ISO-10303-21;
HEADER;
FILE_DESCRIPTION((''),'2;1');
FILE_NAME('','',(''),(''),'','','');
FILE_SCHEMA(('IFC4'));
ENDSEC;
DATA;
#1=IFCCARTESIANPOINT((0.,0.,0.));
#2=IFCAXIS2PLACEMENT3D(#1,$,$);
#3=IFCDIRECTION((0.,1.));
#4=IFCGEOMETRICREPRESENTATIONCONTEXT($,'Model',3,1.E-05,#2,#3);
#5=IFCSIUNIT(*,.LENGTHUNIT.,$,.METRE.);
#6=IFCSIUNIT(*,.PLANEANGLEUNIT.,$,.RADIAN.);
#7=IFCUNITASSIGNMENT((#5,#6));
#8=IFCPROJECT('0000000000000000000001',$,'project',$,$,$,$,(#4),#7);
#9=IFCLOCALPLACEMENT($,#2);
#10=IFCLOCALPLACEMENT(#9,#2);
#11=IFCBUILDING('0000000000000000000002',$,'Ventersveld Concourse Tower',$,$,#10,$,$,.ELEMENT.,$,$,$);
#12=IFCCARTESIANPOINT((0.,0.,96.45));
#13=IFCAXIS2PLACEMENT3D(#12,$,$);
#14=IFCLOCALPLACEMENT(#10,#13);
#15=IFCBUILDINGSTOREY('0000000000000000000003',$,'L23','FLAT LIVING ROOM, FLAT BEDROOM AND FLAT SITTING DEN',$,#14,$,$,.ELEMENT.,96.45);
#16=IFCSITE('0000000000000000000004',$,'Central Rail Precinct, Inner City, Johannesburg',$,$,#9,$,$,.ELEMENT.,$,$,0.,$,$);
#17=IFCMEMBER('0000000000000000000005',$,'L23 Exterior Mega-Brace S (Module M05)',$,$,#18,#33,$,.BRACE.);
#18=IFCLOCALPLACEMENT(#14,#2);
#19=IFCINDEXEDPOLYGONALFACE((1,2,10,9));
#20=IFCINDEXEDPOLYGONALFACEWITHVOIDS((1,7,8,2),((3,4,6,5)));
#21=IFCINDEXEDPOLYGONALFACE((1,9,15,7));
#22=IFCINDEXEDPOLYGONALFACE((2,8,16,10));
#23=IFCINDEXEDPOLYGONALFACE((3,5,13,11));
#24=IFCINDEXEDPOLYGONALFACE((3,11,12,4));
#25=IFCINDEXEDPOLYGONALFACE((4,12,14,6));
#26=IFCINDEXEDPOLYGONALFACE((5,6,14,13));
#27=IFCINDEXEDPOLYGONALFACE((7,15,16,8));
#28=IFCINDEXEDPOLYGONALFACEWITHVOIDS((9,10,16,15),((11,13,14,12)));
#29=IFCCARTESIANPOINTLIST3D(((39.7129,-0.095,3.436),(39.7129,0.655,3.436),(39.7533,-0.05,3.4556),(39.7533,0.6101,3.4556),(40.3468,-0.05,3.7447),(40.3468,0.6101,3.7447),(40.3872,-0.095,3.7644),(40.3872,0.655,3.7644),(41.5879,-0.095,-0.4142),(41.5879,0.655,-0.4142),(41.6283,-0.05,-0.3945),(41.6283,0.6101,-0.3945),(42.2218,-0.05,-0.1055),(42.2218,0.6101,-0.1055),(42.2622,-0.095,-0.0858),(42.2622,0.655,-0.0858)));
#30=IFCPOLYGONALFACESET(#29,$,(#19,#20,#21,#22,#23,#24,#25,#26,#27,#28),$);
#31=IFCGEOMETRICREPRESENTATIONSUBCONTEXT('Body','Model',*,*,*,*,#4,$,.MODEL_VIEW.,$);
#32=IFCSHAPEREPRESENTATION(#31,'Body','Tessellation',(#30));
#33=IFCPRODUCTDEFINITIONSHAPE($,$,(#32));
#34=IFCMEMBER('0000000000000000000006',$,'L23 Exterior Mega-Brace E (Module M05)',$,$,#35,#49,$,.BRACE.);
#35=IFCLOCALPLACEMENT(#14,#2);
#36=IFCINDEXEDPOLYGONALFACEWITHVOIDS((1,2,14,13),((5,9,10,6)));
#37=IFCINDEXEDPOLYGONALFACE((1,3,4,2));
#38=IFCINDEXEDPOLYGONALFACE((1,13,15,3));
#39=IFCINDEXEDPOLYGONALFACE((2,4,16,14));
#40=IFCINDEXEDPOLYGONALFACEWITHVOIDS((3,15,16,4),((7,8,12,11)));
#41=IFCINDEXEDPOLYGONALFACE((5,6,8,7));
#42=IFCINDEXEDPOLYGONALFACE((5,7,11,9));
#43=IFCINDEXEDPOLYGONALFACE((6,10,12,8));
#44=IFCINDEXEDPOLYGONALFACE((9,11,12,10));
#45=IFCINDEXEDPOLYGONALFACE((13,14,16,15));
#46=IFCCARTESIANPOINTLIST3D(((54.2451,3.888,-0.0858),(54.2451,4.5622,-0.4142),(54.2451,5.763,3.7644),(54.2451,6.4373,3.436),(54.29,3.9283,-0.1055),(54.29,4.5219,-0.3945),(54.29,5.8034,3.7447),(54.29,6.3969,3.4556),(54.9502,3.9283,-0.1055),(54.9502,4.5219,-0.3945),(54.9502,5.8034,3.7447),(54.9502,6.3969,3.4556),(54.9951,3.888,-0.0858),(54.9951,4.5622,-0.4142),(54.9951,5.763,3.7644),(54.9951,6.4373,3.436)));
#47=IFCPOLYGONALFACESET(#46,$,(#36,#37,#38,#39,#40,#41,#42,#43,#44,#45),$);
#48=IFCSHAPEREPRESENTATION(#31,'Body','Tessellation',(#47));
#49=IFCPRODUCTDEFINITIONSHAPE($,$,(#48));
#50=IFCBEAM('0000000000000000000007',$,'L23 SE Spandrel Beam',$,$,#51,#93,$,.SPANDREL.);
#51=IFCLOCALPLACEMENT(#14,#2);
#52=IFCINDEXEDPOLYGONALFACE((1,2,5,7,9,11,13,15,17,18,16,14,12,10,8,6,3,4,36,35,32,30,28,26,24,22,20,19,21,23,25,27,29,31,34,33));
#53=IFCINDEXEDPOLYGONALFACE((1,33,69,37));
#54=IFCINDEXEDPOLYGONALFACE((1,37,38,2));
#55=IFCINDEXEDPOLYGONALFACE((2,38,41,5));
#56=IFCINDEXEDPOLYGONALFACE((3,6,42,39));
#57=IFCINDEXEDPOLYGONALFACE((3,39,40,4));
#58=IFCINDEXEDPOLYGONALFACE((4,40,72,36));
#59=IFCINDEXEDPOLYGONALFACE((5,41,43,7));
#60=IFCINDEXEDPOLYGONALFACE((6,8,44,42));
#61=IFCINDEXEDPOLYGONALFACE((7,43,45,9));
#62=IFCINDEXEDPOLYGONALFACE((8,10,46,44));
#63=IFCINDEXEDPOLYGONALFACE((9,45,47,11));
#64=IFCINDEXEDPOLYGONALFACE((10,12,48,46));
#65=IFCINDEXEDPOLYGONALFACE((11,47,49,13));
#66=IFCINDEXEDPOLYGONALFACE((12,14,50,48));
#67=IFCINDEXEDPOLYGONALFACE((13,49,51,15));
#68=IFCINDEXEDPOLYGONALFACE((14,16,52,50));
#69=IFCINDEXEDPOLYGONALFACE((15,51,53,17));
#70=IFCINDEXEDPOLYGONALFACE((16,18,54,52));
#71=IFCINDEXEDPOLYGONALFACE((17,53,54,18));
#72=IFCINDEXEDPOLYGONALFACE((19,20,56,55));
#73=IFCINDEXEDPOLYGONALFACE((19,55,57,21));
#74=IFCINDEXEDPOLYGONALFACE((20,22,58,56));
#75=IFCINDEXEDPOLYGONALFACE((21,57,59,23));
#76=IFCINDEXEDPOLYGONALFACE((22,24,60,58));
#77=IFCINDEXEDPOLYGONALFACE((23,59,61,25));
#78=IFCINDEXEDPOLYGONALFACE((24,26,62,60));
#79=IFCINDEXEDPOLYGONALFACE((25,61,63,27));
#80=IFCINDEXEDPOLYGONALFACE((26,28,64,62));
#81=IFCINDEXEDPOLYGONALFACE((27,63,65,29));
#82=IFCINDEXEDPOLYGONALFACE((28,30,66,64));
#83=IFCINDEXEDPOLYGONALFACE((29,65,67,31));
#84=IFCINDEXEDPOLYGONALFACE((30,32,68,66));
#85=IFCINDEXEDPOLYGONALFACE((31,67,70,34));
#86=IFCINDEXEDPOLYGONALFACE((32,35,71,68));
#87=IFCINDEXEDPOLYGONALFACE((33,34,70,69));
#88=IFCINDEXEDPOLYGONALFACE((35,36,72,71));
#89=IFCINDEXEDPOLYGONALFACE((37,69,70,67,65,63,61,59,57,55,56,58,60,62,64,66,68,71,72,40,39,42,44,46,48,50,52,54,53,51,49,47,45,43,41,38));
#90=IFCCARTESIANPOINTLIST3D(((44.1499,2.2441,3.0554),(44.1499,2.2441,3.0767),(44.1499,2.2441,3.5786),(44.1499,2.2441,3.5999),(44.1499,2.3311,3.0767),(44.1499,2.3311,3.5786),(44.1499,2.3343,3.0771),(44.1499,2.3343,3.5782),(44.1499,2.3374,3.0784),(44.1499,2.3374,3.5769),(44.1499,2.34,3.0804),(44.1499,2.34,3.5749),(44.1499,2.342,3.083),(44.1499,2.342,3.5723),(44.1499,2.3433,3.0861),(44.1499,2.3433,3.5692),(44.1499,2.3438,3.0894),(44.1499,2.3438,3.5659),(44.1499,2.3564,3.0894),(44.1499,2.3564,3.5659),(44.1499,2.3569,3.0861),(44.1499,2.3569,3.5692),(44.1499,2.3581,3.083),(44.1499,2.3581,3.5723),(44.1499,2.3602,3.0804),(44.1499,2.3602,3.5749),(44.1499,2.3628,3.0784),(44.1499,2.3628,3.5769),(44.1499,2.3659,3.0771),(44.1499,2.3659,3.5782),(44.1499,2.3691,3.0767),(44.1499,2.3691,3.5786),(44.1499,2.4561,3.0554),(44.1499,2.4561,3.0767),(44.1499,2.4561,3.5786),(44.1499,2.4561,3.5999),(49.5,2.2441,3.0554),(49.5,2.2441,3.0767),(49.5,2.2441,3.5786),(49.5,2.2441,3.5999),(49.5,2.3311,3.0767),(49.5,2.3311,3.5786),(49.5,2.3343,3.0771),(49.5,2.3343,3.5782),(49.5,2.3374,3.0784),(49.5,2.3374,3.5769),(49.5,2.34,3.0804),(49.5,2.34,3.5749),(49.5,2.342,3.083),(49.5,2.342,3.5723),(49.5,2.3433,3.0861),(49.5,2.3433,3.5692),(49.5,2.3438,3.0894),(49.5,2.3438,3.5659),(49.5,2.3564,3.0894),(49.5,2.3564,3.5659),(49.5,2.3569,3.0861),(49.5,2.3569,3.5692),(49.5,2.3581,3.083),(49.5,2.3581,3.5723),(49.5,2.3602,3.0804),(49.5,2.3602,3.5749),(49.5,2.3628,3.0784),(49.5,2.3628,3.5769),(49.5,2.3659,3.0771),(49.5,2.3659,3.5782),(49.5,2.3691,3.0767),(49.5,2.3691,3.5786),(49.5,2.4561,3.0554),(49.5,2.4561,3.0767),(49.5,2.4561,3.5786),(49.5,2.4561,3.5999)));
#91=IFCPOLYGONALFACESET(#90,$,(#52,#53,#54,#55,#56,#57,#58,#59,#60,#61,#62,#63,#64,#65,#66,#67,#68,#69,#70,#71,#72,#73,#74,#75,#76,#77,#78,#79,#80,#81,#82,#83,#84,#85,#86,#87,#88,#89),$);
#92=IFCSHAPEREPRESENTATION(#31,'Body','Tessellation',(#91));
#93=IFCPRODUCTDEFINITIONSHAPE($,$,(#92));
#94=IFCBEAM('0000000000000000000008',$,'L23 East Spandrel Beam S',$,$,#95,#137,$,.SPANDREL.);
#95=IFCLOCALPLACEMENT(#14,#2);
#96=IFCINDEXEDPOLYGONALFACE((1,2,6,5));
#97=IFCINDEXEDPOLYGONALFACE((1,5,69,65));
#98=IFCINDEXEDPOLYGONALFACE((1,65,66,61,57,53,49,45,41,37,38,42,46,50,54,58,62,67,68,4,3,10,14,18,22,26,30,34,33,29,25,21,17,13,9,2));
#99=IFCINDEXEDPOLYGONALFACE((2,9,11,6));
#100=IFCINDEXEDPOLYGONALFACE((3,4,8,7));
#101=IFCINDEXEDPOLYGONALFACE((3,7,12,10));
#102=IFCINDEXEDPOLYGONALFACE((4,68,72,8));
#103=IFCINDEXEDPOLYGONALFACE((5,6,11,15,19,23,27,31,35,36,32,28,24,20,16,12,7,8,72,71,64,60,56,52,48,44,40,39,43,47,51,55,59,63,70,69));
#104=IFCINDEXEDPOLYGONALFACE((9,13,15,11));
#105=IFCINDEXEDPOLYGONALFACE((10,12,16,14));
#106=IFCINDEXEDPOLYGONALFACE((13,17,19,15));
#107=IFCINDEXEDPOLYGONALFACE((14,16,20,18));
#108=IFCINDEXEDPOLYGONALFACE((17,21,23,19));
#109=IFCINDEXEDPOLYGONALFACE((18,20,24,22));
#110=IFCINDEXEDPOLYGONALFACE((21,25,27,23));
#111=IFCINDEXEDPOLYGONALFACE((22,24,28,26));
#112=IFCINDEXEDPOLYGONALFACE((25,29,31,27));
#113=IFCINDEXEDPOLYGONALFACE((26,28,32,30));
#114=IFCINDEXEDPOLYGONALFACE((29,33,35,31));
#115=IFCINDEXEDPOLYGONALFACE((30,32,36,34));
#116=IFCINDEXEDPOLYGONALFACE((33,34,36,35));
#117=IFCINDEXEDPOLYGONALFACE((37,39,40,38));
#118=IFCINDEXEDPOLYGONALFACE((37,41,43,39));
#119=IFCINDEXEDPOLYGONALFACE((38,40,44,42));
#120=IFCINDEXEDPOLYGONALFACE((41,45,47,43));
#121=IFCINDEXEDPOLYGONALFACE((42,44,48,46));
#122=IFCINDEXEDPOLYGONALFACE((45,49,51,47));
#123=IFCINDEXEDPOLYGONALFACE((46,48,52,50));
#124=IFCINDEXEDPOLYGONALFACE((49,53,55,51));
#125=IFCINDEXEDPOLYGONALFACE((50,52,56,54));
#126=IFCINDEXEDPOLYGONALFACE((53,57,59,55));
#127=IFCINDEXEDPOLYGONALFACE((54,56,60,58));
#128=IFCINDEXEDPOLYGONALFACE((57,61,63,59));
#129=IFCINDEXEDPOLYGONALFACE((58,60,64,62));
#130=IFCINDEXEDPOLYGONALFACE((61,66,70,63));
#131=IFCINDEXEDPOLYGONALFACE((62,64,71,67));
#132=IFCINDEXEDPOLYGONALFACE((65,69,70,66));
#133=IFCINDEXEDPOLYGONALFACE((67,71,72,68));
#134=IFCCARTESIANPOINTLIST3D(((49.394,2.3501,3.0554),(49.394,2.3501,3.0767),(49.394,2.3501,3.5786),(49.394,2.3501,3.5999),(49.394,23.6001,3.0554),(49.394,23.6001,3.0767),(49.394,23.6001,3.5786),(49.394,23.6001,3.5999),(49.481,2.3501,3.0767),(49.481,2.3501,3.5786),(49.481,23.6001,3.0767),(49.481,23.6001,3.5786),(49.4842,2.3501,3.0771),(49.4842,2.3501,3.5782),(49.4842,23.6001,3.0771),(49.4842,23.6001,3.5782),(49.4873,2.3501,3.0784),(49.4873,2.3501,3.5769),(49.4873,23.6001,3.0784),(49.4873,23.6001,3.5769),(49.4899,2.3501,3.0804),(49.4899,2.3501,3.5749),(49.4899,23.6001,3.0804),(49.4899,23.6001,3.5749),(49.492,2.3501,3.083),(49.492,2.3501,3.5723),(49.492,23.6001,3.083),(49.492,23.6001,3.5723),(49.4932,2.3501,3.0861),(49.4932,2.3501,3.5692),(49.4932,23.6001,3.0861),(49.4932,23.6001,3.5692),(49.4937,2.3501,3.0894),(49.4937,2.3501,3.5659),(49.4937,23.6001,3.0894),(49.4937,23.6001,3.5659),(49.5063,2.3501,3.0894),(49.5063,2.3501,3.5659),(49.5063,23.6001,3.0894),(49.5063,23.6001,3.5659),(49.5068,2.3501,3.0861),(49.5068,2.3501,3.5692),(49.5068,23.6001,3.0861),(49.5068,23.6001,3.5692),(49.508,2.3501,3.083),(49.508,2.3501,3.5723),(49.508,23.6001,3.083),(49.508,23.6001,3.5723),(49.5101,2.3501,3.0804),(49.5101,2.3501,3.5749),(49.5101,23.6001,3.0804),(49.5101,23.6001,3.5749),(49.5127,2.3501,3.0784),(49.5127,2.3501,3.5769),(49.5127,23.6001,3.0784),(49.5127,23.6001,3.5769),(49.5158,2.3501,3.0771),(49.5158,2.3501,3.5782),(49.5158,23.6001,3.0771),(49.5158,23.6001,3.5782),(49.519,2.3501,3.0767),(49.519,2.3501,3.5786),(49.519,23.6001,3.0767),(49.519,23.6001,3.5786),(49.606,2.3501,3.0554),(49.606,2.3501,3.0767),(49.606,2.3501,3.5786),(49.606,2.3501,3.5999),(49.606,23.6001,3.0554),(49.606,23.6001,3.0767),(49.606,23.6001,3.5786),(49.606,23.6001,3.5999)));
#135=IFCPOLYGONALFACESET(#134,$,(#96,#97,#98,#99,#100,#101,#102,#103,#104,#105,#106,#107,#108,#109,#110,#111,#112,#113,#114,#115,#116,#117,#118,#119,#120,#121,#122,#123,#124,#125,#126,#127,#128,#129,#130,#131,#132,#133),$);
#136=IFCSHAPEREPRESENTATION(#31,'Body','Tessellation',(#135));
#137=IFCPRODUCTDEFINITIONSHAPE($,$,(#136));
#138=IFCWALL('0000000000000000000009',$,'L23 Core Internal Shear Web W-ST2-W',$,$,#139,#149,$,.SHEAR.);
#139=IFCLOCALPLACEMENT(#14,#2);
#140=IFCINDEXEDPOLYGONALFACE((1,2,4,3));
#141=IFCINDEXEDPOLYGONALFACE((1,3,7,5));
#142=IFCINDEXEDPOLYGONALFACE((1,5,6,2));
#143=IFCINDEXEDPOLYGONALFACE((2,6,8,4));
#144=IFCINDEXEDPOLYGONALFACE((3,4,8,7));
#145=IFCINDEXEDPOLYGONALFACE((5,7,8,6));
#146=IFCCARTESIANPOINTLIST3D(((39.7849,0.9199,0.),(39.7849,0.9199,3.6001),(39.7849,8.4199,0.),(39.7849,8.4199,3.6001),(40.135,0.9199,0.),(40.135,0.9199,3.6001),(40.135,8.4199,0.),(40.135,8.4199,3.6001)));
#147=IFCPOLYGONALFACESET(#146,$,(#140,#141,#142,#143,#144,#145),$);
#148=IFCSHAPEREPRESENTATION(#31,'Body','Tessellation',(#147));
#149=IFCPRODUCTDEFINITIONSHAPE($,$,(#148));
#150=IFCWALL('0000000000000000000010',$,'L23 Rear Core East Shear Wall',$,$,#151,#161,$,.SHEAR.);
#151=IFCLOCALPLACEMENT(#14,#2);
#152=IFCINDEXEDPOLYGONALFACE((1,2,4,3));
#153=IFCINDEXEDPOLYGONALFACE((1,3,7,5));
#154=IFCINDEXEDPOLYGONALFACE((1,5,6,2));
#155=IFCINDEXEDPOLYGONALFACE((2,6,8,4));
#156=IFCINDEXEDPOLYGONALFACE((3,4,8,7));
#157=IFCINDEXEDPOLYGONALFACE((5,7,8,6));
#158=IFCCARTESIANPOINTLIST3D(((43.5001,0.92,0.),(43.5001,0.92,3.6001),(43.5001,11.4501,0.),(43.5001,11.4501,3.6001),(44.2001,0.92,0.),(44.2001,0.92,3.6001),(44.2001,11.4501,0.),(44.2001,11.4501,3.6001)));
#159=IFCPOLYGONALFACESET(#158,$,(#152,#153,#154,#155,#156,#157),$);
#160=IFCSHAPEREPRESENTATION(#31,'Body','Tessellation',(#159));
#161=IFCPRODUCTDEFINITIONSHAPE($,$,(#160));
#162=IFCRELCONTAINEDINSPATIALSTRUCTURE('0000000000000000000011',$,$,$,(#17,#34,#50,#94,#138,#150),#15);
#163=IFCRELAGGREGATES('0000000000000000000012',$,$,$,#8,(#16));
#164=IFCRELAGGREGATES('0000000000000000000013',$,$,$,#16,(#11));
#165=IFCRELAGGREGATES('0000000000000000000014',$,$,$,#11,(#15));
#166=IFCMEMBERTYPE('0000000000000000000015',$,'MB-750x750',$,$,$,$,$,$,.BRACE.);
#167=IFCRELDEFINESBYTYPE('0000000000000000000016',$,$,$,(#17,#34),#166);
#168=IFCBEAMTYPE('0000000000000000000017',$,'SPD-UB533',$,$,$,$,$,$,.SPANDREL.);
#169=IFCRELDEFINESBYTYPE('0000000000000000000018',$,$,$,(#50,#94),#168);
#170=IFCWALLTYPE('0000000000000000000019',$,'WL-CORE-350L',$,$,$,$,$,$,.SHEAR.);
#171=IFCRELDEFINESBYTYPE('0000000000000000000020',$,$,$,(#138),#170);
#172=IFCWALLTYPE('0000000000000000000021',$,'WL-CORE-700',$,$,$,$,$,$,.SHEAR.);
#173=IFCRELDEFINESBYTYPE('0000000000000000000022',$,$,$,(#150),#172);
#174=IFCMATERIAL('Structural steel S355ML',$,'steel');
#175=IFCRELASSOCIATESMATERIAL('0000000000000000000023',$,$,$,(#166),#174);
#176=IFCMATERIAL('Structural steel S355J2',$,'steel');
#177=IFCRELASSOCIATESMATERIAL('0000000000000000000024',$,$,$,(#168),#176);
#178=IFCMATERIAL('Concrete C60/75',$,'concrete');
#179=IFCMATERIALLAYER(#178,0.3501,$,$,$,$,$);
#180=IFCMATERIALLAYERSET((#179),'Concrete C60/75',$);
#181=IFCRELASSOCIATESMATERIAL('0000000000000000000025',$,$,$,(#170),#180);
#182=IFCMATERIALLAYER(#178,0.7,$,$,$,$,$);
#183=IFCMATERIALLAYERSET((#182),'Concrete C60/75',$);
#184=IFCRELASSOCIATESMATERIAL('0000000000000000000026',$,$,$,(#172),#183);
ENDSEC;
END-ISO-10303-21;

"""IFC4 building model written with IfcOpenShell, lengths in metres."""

from ifc_helpers import new_model, si_unit, direction, frame, frame_2d, origin, origin_2d, place, context, subcontext, project, spatial, rectangle, hollow_rectangle, i_section, extrude, material, layer, layer_set, material_profile, profile_set, type_object, element, save


model = new_model("IFC4")

# Units and contexts
model_context = context("Model", 3, precision=1e-05, world=origin(), true_north=direction((0.0, 1.0)))
body_context = subcontext(model_context, "Body", "Model", "MODEL_VIEW")
ifc_project = project(units=[si_unit("LENGTHUNIT", "METRE"), si_unit("PLANEANGLEUNIT", "RADIAN")], contexts=[model_context])

# Site, building, storey
site_placement = place(None, origin())
site = spatial("IfcSite", under=ifc_project, at=site_placement, Name="Central Rail Precinct, Inner City, Johannesburg", CompositionType="ELEMENT", RefElevation=0.0)
building_placement = place(site_placement, origin())
building = spatial("IfcBuilding", under=site, at=building_placement, Name="Ventersveld Concourse Tower", CompositionType="ELEMENT")
storey_placement = place(building_placement, frame((0.0, 0.0, 96.45)))
storey = spatial("IfcBuildingStorey", under=building, at=storey_placement, Name="L23", Description="FLAT LIVING ROOM, FLAT BEDROOM AND FLAT SITTING DEN", CompositionType="ELEMENT", Elevation=96.45)

# Shared definitions
ifc_material_1 = material(Name="Structural steel S355J2", Category="steel")

# Members
ifc_material_2 = material(Name="Structural steel S355ML", Category="steel")
ifc_material_profile_1 = material_profile(ifc_material_2, hollow_rectangle(XDim=0.75, YDim=0.75, WallThickness=0.0449, at=origin_2d()), Name="BOX 750x750x45")
ifc_profile_set_1 = profile_set([ifc_material_profile_1], Name="Structural steel S355ML")
member_type = type_object("IfcMemberType", Name="MB-750x750", PredefinedType="BRACE", material=ifc_profile_set_1)
for number, where, z_axis, x_axis, name in (
    (1, (41.925, 0.28, -0.25), (-0.437839, 0.0, 0.899053), (0.0, -1.0, 0.0), "L23 Exterior Mega-Brace S (Module M05)"),
    (2, (54.6201, 4.2251, -0.25), (0.0, 0.437839, 0.899053), (-1.0, 0.0, 0.0), "L23 Exterior Mega-Brace E (Module M05)"),
):
    element("IfcMember", number, at=place(storey_placement, frame(where, z_axis=z_axis, x_axis=x_axis)), inside=storey, type_object=member_type, Name=name, PredefinedType="BRACE", context=body_context, shape_type="SweptSolid", body=[
        extrude(hollow_rectangle(XDim=0.75, YDim=0.75, WallThickness=0.0449, at=origin_2d()), origin(), (0.0, 0.0, 1.0), 4.2825),
    ])

# Beams
ifc_material_profile_2 = material_profile(ifc_material_1, i_section(OverallWidth=0.2119, OverallDepth=0.5444, WebThickness=0.0127, FlangeThickness=0.0212, FilletRadius=0.0127, at=origin_2d()), Name="UB 533x210x122")
ifc_profile_set_2 = profile_set([ifc_material_profile_2], Name="Structural steel S355J2")
beam_type_1 = type_object("IfcBeamType", Name="SPD-UB533", PredefinedType="SPANDREL", material=ifc_profile_set_2)
beam_1_placement = place(storey_placement, frame((44.1499, 2.3501, 3.3276), z_axis=(1.0, 0.0, 0.0), x_axis=(0.0, 1.0, 0.0)))
element("IfcBeam", 3, at=beam_1_placement, inside=storey, type_object=beam_type_1, Name="L23 SE Spandrel Beam", PredefinedType="SPANDREL", context=body_context, shape_type="SweptSolid", body=[
    extrude(i_section(OverallWidth=0.2119, OverallDepth=0.5444, WebThickness=0.0127, FlangeThickness=0.0212, FilletRadius=0.0127, at=origin_2d()), origin(), (0.0, 0.0, 1.0), 5.3501),
])
beam_2_placement = place(storey_placement, frame((49.5, 2.3501, 3.3276), z_axis=(0.0, 1.0, 0.0), x_axis=(-1.0, 0.0, 0.0)))
element("IfcBeam", 4, at=beam_2_placement, inside=storey, type_object=beam_type_1, Name="L23 East Spandrel Beam S", PredefinedType="SPANDREL", context=body_context, shape_type="SweptSolid", body=[
    extrude(i_section(OverallWidth=0.2119, OverallDepth=0.5444, WebThickness=0.0127, FlangeThickness=0.0212, FilletRadius=0.0127, at=origin_2d()), origin(), (0.0, 0.0, 1.0), 21.25),
])

# Walls
ifc_material_3 = material(Name="Concrete C60/75", Category="concrete")
ifc_layer_1 = layer(ifc_material_3, 0.3501)
ifc_layer_set_1 = layer_set([ifc_layer_1], Name="Concrete C60/75")
wall_type_1 = type_object("IfcWallType", Name="WL-CORE-350L", PredefinedType="SHEAR", material=ifc_layer_set_1)
wall_1_placement = place(storey_placement, frame((39.96, 0.9199, 0.0), z_axis=(0.0, 0.0, 1.0), x_axis=(0.0, 1.0, 0.0)))
element("IfcWall", 5, at=wall_1_placement, inside=storey, type_object=wall_type_1, Name="L23 Core Internal Shear Web W-ST2-W", PredefinedType="SHEAR", context=body_context, shape_type="SweptSolid", body=[
    extrude(rectangle(XDim=7.5, YDim=0.3501, at=frame_2d((3.75, 0.0))), origin(), (0.0, 0.0, 1.0), 3.6001),
])
ifc_layer_2 = layer(ifc_material_3, 0.7)
ifc_layer_set_2 = layer_set([ifc_layer_2], Name="Concrete C60/75")
wall_type_2 = type_object("IfcWallType", Name="WL-CORE-700", PredefinedType="SHEAR", material=ifc_layer_set_2)
wall_2_placement = place(storey_placement, frame((43.8501, 0.9199, 0.0), z_axis=(0.0, 0.0, 1.0), x_axis=(0.0, 1.0, 0.0)))
element("IfcWall", 6, at=wall_2_placement, inside=storey, type_object=wall_type_2, Name="L23 Rear Core East Shear Wall", PredefinedType="SHEAR", context=body_context, shape_type="SweptSolid", body=[
    extrude(rectangle(XDim=10.53, YDim=0.7, at=frame_2d((5.2651, 0.0))), origin(), (0.0, 0.0, 1.0), 3.6001),
])

save(model, "model.ifc")
